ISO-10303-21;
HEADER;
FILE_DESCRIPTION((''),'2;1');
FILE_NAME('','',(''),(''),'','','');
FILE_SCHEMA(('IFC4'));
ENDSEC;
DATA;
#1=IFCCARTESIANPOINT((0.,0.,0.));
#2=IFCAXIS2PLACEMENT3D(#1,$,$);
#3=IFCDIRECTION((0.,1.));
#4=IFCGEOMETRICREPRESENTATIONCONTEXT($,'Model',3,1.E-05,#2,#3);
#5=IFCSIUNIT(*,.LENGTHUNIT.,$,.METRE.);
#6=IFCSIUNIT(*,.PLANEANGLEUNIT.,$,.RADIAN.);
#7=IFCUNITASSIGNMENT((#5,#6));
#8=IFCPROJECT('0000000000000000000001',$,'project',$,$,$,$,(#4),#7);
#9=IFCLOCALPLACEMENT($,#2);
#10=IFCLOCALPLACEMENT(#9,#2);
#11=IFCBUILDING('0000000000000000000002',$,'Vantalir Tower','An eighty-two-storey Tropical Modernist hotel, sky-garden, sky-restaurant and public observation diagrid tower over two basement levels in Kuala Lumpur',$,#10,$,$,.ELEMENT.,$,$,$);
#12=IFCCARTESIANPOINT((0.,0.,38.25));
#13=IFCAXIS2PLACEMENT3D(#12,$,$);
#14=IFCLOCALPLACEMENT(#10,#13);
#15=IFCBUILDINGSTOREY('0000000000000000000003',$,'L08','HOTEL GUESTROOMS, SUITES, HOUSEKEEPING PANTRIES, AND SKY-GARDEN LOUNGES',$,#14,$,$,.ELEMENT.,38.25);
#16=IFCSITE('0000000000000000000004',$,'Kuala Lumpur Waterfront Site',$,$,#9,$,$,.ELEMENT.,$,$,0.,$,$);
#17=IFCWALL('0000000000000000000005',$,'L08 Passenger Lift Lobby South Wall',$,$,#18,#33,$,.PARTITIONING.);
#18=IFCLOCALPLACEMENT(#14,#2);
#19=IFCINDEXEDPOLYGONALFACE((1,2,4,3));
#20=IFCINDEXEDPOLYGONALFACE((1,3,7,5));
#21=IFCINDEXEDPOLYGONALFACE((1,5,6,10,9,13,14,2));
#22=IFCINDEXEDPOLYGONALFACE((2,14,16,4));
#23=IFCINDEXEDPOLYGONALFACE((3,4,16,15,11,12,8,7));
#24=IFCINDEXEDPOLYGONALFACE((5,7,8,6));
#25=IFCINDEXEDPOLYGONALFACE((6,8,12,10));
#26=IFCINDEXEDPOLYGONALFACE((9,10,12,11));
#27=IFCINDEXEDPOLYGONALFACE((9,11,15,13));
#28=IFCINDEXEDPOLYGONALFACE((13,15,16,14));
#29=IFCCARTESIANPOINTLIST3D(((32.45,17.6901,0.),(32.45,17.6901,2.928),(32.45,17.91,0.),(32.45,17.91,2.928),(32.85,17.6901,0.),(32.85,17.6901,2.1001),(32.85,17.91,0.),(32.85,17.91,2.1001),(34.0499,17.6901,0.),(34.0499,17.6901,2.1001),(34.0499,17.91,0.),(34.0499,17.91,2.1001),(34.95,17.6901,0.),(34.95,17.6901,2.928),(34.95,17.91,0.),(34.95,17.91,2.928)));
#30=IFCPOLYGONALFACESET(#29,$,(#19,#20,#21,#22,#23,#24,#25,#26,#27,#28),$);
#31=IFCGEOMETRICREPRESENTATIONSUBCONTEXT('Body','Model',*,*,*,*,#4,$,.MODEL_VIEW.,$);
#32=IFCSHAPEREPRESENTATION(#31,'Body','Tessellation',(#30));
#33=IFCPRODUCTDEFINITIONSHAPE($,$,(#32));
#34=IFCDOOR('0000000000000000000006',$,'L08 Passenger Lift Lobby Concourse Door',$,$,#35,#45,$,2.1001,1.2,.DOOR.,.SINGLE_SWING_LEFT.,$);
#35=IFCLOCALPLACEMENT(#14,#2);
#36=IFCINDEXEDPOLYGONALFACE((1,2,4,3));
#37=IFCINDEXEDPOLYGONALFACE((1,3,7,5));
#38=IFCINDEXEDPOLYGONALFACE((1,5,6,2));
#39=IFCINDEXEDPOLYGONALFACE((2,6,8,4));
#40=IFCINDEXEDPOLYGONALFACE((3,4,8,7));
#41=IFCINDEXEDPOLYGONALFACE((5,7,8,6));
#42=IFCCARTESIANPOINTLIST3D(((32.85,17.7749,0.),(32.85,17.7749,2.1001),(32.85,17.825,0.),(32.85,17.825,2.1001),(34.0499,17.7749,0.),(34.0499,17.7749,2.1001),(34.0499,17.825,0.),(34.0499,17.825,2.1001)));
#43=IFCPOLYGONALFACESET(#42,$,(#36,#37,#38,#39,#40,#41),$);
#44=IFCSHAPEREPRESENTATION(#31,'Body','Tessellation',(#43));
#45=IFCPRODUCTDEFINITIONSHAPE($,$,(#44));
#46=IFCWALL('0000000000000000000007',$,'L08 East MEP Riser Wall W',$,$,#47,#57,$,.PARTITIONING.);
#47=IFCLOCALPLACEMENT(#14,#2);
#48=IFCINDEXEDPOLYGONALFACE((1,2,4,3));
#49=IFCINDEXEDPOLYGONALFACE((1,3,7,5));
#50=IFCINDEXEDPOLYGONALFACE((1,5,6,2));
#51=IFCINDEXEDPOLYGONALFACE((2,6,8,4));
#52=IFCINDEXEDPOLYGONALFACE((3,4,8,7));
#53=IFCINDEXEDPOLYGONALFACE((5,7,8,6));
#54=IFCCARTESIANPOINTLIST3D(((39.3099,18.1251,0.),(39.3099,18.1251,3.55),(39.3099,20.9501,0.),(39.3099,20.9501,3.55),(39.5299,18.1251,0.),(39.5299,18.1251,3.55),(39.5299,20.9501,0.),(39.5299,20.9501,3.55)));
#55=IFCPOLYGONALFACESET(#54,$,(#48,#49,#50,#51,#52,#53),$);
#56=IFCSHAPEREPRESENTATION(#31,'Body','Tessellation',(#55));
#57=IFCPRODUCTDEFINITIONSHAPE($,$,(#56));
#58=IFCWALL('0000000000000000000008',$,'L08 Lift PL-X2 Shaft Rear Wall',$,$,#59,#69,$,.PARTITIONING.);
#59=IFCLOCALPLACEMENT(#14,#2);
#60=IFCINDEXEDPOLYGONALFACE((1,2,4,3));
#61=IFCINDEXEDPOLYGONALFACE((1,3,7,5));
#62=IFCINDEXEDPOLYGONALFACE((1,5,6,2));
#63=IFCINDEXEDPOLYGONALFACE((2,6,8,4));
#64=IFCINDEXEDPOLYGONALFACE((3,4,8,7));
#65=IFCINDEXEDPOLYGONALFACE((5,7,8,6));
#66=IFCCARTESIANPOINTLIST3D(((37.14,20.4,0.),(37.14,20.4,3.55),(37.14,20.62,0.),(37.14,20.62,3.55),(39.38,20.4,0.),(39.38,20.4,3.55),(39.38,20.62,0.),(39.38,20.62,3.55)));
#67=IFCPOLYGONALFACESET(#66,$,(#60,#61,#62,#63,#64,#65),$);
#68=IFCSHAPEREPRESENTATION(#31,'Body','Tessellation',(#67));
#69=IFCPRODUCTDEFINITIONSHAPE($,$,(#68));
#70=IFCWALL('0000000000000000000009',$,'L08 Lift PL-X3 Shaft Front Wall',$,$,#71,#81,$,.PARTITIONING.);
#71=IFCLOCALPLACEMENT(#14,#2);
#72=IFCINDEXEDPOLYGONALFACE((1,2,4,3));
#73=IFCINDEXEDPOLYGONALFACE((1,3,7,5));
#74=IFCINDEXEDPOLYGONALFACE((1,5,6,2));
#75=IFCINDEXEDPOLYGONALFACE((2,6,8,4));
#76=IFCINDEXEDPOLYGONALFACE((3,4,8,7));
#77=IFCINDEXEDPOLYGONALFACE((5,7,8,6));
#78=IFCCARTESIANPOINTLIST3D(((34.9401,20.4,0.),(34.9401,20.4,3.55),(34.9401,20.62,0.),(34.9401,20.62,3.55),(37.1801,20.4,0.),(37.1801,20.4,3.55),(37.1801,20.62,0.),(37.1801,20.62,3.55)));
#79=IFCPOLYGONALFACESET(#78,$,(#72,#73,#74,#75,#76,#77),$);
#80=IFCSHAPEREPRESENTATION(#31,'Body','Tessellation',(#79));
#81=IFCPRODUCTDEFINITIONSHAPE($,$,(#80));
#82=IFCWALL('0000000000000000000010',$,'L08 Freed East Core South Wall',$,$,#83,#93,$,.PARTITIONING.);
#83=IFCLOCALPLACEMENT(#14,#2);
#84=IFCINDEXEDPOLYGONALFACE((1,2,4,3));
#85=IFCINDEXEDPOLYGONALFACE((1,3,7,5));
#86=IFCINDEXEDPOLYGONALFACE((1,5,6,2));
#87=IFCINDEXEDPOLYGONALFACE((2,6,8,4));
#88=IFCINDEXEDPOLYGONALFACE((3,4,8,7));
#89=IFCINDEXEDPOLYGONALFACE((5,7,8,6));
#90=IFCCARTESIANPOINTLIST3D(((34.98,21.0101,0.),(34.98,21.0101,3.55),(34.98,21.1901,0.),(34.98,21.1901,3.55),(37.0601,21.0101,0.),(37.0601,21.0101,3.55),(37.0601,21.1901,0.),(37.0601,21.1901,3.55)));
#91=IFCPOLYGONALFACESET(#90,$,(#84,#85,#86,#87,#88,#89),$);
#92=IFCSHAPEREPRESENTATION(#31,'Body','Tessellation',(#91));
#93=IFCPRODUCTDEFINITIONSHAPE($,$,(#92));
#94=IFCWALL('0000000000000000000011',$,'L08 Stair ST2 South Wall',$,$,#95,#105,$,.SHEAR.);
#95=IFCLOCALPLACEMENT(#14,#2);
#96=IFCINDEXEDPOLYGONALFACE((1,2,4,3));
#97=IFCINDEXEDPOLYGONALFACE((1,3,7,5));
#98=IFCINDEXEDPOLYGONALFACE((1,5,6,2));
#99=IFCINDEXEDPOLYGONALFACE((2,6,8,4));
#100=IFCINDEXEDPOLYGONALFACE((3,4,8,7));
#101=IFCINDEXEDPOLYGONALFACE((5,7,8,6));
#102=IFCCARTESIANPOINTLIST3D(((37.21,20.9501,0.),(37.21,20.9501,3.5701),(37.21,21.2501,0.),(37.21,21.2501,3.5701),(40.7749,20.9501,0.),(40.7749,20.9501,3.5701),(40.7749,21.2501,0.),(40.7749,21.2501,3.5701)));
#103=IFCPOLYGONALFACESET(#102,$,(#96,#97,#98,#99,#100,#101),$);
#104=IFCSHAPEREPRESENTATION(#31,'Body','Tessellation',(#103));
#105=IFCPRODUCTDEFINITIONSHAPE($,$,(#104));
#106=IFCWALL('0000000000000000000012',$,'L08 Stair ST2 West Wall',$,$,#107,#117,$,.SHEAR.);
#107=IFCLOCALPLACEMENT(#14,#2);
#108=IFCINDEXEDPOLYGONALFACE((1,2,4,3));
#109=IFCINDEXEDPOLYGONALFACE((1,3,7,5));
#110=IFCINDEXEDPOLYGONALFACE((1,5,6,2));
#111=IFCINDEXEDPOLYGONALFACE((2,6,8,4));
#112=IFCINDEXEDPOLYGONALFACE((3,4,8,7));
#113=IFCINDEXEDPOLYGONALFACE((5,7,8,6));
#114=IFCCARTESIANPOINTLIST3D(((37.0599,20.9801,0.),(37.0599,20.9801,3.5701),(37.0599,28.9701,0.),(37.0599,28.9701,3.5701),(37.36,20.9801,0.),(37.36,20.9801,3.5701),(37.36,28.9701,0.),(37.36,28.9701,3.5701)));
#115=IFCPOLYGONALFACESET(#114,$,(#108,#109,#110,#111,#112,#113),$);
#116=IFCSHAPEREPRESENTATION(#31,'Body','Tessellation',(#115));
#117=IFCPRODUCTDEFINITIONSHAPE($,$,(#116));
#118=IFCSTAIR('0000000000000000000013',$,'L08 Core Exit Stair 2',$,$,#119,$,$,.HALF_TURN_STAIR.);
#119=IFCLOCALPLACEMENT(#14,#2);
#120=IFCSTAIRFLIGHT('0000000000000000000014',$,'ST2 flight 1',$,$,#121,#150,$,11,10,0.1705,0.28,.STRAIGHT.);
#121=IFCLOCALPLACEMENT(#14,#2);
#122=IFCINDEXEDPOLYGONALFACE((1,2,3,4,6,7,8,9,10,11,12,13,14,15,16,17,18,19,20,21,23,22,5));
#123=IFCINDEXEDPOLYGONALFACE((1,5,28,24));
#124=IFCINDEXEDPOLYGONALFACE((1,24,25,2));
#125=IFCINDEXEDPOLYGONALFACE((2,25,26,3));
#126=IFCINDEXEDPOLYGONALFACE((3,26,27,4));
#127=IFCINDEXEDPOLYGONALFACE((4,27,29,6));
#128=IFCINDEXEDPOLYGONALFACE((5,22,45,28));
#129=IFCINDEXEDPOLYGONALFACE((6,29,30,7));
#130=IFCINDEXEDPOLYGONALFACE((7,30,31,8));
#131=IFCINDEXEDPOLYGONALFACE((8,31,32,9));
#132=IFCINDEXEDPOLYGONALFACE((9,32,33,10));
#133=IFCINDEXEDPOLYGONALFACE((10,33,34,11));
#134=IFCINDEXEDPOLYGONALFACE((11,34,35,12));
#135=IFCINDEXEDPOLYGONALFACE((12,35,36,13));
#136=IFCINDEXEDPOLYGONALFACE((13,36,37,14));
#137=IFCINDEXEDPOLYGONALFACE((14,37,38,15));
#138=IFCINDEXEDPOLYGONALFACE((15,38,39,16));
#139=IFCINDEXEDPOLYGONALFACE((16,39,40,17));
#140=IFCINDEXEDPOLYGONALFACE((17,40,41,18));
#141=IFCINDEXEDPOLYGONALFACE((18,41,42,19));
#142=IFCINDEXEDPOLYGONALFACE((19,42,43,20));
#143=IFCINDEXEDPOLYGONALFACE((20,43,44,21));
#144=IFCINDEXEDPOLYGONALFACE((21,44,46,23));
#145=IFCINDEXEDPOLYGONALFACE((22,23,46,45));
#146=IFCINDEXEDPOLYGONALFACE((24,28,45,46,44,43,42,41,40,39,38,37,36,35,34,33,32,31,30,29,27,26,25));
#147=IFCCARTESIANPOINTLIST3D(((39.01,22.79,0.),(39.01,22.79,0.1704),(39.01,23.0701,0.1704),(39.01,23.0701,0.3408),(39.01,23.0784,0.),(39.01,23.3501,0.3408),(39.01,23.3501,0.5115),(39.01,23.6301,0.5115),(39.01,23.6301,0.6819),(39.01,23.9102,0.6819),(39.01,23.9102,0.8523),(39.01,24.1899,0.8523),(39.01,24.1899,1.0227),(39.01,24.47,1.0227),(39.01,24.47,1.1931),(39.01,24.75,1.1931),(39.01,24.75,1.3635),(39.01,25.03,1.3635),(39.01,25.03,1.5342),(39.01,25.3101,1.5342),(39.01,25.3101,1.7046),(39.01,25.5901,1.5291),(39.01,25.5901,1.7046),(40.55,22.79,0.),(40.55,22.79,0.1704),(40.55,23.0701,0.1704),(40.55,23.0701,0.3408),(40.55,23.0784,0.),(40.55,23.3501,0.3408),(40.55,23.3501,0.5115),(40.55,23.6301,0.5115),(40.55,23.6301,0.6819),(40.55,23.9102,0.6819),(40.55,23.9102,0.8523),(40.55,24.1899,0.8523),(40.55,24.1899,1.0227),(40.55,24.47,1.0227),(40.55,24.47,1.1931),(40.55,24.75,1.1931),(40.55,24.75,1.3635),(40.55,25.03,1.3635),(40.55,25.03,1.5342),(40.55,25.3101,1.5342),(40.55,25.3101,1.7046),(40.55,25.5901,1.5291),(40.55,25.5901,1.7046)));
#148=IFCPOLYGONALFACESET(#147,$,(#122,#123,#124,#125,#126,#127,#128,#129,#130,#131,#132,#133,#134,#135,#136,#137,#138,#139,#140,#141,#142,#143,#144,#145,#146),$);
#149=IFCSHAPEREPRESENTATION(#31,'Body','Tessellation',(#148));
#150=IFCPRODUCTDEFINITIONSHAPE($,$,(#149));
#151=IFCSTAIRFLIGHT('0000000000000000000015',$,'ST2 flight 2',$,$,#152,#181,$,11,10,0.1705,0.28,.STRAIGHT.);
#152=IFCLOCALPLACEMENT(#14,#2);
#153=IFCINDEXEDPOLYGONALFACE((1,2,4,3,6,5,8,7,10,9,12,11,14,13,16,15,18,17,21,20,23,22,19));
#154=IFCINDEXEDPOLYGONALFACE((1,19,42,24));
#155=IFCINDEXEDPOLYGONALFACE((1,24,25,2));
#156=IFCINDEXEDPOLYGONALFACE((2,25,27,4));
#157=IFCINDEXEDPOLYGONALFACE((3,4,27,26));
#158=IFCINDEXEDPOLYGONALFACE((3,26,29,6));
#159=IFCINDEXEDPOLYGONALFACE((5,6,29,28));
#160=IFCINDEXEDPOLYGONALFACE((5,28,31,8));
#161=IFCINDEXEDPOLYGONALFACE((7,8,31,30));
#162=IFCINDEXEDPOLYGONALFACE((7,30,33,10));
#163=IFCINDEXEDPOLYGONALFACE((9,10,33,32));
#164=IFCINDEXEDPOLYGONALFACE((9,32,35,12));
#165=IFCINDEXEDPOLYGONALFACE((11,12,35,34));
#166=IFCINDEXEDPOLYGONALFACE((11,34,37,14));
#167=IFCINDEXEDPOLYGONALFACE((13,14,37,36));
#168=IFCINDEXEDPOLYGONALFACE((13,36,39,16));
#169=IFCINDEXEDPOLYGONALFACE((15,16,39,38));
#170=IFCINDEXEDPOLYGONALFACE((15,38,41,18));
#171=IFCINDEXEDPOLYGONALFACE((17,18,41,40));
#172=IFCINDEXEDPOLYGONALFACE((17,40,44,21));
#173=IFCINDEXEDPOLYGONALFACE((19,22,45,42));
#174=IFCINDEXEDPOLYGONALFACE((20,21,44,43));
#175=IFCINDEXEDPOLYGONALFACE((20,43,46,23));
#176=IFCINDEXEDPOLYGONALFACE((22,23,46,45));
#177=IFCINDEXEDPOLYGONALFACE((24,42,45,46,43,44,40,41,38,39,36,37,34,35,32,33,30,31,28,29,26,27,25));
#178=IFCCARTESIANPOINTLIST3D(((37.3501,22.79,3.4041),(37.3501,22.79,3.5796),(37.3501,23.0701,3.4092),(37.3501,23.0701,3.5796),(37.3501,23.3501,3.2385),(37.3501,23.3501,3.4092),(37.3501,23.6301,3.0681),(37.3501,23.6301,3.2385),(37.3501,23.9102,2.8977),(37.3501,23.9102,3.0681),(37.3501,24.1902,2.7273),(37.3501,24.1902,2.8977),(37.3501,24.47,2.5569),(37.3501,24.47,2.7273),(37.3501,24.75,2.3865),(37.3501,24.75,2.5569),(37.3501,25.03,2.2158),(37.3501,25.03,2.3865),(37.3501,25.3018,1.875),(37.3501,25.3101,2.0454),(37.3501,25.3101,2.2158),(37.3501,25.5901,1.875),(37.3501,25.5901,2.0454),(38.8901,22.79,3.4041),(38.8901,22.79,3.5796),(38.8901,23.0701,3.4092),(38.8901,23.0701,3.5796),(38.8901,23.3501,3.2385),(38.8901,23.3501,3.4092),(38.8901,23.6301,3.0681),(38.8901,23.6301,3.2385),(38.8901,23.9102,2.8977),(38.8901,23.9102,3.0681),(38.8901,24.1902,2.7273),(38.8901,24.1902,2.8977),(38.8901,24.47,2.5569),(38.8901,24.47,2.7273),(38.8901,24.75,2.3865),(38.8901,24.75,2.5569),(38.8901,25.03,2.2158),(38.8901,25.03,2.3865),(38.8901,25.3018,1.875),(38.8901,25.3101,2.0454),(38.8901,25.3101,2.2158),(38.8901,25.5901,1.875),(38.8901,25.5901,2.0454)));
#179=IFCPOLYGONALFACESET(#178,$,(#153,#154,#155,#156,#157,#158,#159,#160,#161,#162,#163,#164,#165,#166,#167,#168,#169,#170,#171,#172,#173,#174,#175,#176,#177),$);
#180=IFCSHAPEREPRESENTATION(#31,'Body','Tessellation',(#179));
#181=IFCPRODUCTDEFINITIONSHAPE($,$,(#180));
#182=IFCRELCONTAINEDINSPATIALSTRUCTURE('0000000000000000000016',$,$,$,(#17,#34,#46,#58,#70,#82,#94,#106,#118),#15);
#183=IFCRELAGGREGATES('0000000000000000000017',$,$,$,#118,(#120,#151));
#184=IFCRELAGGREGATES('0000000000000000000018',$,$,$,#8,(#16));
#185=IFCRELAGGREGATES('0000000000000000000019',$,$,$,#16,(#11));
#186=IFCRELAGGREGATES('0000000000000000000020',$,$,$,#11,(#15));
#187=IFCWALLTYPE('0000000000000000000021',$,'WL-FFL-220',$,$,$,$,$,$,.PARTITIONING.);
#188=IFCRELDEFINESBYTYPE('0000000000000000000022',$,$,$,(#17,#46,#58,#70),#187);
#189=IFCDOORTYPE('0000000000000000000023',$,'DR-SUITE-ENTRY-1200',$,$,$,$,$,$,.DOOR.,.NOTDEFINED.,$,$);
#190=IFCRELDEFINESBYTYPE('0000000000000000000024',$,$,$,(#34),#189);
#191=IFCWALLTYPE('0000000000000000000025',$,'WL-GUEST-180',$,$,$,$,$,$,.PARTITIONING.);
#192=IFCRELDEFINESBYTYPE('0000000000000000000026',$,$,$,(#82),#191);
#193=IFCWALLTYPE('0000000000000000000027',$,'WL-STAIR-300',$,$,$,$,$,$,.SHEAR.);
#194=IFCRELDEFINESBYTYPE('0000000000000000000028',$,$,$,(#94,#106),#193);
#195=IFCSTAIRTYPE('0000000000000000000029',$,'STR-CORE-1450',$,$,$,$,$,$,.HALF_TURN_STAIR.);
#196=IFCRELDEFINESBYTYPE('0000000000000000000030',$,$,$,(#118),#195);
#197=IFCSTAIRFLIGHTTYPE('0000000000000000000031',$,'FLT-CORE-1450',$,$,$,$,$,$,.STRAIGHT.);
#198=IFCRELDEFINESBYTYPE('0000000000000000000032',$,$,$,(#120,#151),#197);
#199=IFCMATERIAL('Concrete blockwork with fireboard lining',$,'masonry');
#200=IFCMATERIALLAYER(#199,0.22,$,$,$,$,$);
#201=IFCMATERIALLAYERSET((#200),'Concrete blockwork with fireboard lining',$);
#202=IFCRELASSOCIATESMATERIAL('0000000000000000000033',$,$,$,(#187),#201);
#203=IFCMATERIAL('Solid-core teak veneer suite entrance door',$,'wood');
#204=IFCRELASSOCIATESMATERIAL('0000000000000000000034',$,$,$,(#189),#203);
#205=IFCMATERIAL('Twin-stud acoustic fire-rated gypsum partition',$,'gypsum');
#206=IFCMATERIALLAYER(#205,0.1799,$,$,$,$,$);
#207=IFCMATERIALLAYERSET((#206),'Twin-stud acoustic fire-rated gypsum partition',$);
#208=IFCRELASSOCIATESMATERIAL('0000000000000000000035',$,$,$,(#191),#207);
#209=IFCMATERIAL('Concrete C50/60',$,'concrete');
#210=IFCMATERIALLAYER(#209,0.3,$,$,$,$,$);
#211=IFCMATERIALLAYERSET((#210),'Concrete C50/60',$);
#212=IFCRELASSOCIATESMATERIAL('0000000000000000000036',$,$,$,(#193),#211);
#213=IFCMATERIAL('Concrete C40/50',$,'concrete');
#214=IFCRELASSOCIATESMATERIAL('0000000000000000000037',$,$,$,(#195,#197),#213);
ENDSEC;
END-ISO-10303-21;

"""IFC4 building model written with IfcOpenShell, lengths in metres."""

from ifc_helpers import new_model, si_unit, direction, frame, frame_2d, origin, place, context, subcontext, project, spatial, polyline, rectangle, outline, extrude, material, layer, layer_set, type_object, element, fill, aggregate, save


model = new_model("IFC4")

# Units and contexts
model_context = context("Model", 3, precision=1e-05, world=origin(), true_north=direction((0.0, 1.0)))
body_context = subcontext(model_context, "Body", "Model", "MODEL_VIEW")
ifc_project = project(units=[si_unit("LENGTHUNIT", "METRE"), si_unit("PLANEANGLEUNIT", "RADIAN")], contexts=[model_context])

# Site, building, storey
site_placement = place(None, origin())
site = spatial("IfcSite", under=ifc_project, at=site_placement, Name="Kuala Lumpur Waterfront Site", CompositionType="ELEMENT", RefElevation=0.0)
building_placement = place(site_placement, origin())
building = spatial("IfcBuilding", under=site, at=building_placement, Name="Vantalir Tower", Description="An eighty-two-storey Tropical Modernist hotel, sky-garden, sky-restaurant and public observation diagrid tower over two basement levels in Kuala Lumpur", CompositionType="ELEMENT")
storey_placement = place(building_placement, frame((0.0, 0.0, 38.25)))
storey = spatial("IfcBuildingStorey", under=building, at=storey_placement, Name="L08", Description="HOTEL GUESTROOMS, SUITES, HOUSEKEEPING PANTRIES, AND SKY-GARDEN LOUNGES", CompositionType="ELEMENT", Elevation=38.25)

# Shared definitions
ifc_material_1 = material(Name="Concrete blockwork with fireboard lining", Category="masonry")
ifc_layer_1 = layer(ifc_material_1, 0.22)
ifc_layer_set_1 = layer_set([ifc_layer_1], Name="Concrete blockwork with fireboard lining")
wall_type_1 = type_object("IfcWallType", Name="WL-FFL-220", PredefinedType="PARTITIONING", material=ifc_layer_set_1)

# Wall, opening, door
wall_1_placement = place(storey_placement, frame((32.45, 17.8, 0.0), z_axis=(0.0, 0.0, 1.0), x_axis=(1.0, 0.0, 0.0)))
wall_1 = element("IfcWall", 1, at=wall_1_placement, inside=storey, type_object=wall_type_1, Name="L08 Passenger Lift Lobby South Wall", PredefinedType="PARTITIONING", context=body_context, shape_type="SweptSolid", body=[
    extrude(rectangle(XDim=2.5, YDim=0.22, at=frame_2d((1.25, 0.0))), origin(), (0.0, 0.0, 1.0), 2.928),
])
opening_1_placement = place(wall_1_placement, frame((0.3999, 0.0, 0.0)))
opening_1 = element("IfcOpeningElement", 2, at=opening_1_placement, cuts=wall_1, PredefinedType="OPENING", context=body_context, shape_type="SweptSolid", body=[
    extrude(rectangle(XDim=1.2, YDim=2.1001, at=frame_2d((0.6001, 1.05))), frame((0.0, 0.1199, 0.0), z_axis=(0.0, -1.0, 0.0), x_axis=(1.0, 0.0, 0.0)), (0.0, 0.0, 1.0), 0.24),
])
ifc_material_2 = material(Name="Solid-core teak veneer suite entrance door", Category="wood")
door_type_1 = type_object("IfcDoorType", Name="DR-SUITE-ENTRY-1200", OperationType="NOTDEFINED", PredefinedType="DOOR", material=ifc_material_2)
door_1_placement = place(opening_1_placement, origin())
door_1 = element("IfcDoor", 3, at=door_1_placement, inside=storey, type_object=door_type_1, Name="L08 Passenger Lift Lobby Concourse Door", OperationType="SINGLE_SWING_LEFT", OverallHeight=2.1001, OverallWidth=1.2, PredefinedType="DOOR", context=body_context, shape_type="SweptSolid", body=[
    extrude(rectangle(XDim=1.2, YDim=2.1001, at=frame_2d((0.6001, 1.05))), frame((0.0, 0.0249, 0.0), z_axis=(0.0, -1.0, 0.0), x_axis=(1.0, 0.0, 0.0)), (0.0, 0.0, 1.0), 0.05),
])
fill(opening_1, door_1)

# Walls
wall_2_placement = place(storey_placement, frame((39.4199, 18.125, 0.0), z_axis=(0.0, 0.0, 1.0), x_axis=(0.0, 1.0, 0.0)))
element("IfcWall", 4, at=wall_2_placement, inside=storey, type_object=wall_type_1, Name="L08 East MEP Riser Wall W", PredefinedType="PARTITIONING", context=body_context, shape_type="SweptSolid", body=[
    extrude(rectangle(XDim=2.825, YDim=0.22, at=frame_2d((1.4126, 0.0))), origin(), (0.0, 0.0, 1.0), 3.55),
])
for number, where, z_axis, x_axis, name in (
    (5, (37.1399, 20.51, 0.0), (0.0, 0.0, 1.0), (1.0, 0.0, 0.0), "L08 Lift PL-X2 Shaft Rear Wall"),
    (6, (34.9399, 20.51, 0.0), (0.0, 0.0, 1.0), (1.0, 0.0, 0.0), "L08 Lift PL-X3 Shaft Front Wall"),
):
    element("IfcWall", number, at=place(storey_placement, frame(where, z_axis=z_axis, x_axis=x_axis)), inside=storey, type_object=wall_type_1, Name=name, PredefinedType="PARTITIONING", context=body_context, shape_type="SweptSolid", body=[
        extrude(rectangle(XDim=2.24, YDim=0.22, at=frame_2d((1.1201, 0.0))), origin(), (0.0, 0.0, 1.0), 3.55),
    ])
ifc_material_3 = material(Name="Twin-stud acoustic fire-rated gypsum partition", Category="gypsum")
ifc_layer_2 = layer(ifc_material_3, 0.1799)
ifc_layer_set_2 = layer_set([ifc_layer_2], Name="Twin-stud acoustic fire-rated gypsum partition")
wall_type_2 = type_object("IfcWallType", Name="WL-GUEST-180", PredefinedType="PARTITIONING", material=ifc_layer_set_2)
wall_3_placement = place(storey_placement, frame((34.98, 21.1001, 0.0), z_axis=(0.0, 0.0, 1.0), x_axis=(1.0, 0.0, 0.0)))
element("IfcWall", 7, at=wall_3_placement, inside=storey, type_object=wall_type_2, Name="L08 Freed East Core South Wall", PredefinedType="PARTITIONING", context=body_context, shape_type="SweptSolid", body=[
    extrude(rectangle(XDim=2.0801, YDim=0.1799, at=frame_2d((1.04, 0.0))), origin(), (0.0, 0.0, 1.0), 3.55),
])
ifc_material_4 = material(Name="Concrete C50/60", Category="concrete")
ifc_layer_3 = layer(ifc_material_4, 0.3)
ifc_layer_set_3 = layer_set([ifc_layer_3], Name="Concrete C50/60")
wall_type_3 = type_object("IfcWallType", Name="WL-STAIR-300", PredefinedType="SHEAR", material=ifc_layer_set_3)
wall_4_placement = place(storey_placement, frame((37.21, 21.1001, 0.0), z_axis=(0.0, 0.0, 1.0), x_axis=(1.0, 0.0, 0.0)))
element("IfcWall", 8, at=wall_4_placement, inside=storey, type_object=wall_type_3, Name="L08 Stair ST2 South Wall", PredefinedType="SHEAR", context=body_context, shape_type="SweptSolid", body=[
    extrude(rectangle(XDim=3.5649, YDim=0.3, at=frame_2d((1.7825, 0.0))), origin(), (0.0, 0.0, 1.0), 3.5701),
])
wall_5_placement = place(storey_placement, frame((37.21, 20.98, 0.0), z_axis=(0.0, 0.0, 1.0), x_axis=(0.0, 1.0, 0.0)))
element("IfcWall", 9, at=wall_5_placement, inside=storey, type_object=wall_type_3, Name="L08 Stair ST2 West Wall", PredefinedType="SHEAR", context=body_context, shape_type="SweptSolid", body=[
    extrude(rectangle(XDim=7.99, YDim=0.3, at=frame_2d((3.9951, 0.0))), origin(), (0.0, 0.0, 1.0), 3.5701),
])

# Stair, stair flights
ifc_material_5 = material(Name="Concrete C40/50", Category="concrete")
stair_type = type_object("IfcStairType", Name="STR-CORE-1450", PredefinedType="HALF_TURN_STAIR", material=ifc_material_5)
stair_placement = place(storey_placement, origin())
stair = element("IfcStair", 10, at=stair_placement, inside=storey, type_object=stair_type, Name="L08 Core Exit Stair 2", PredefinedType="HALF_TURN_STAIR")
stair_flight_type = type_object("IfcStairFlightType", Name="FLT-CORE-1450", PredefinedType="STRAIGHT", material=ifc_material_5)
stair_flight_1_placement = place(storey_placement, frame((39.78, 22.79, 0.0), z_axis=(0.0, 0.0, 1.0), x_axis=(0.0, 1.0, 0.0)))
stair_flight_1 = element("IfcStairFlight", 11, at=stair_flight_1_placement, type_object=stair_flight_type, Name="ST2 flight 1", NumberOfRisers=11, NumberOfTreads=10, PredefinedType="STRAIGHT", RiserHeight=0.1705, TreadLength=0.28, context=body_context, shape_type="SweptSolid", body=[
    extrude(outline(polyline([(0.0, 0.0), (0.0, 0.1704), (0.28, 0.1704), (0.28, 0.3408), (0.5601, 0.3408), (0.5601, 0.5115), (0.8401, 0.5115), (0.8401, 0.6819), (1.1201, 0.6819), (1.1201, 0.8523), (1.3999, 0.8523), (1.3999, 1.0227), (1.6799, 1.0227), (1.6799, 1.1931), (1.96, 1.1931), (1.96, 1.3635), (2.24, 1.3635), (2.24, 1.5342), (2.52, 1.5342), (2.52, 1.7046), (2.8, 1.7046), (2.8, 1.875), (2.8, 1.5291), (0.2883, 0.0), (0.0, 0.0)])), frame((0.0, 0.77, 0.0), z_axis=(0.0, -1.0, 0.0), x_axis=(1.0, 0.0, 0.0)), (0.0, 0.0, 1.0), 1.54),
])
stair_flight_2_placement = place(storey_placement, frame((38.1201, 25.5901, 1.875), z_axis=(0.0, 0.0, 1.0), x_axis=(0.0, -1.0, 0.0)))
stair_flight_2 = element("IfcStairFlight", 12, at=stair_flight_2_placement, type_object=stair_flight_type, Name="ST2 flight 2", NumberOfRisers=11, NumberOfTreads=10, PredefinedType="STRAIGHT", RiserHeight=0.1705, TreadLength=0.28, context=body_context, shape_type="SweptSolid", body=[
    extrude(outline(polyline([(0.0, 0.0), (0.0, 0.1704), (0.28, 0.1704), (0.28, 0.3408), (0.5601, 0.3408), (0.5601, 0.5115), (0.8401, 0.5115), (0.8401, 0.6819), (1.1201, 0.6819), (1.1201, 0.8523), (1.3999, 0.8523), (1.3999, 1.0227), (1.6799, 1.0227), (1.6799, 1.1931), (1.96, 1.1931), (1.96, 1.3635), (2.24, 1.3635), (2.24, 1.5342), (2.52, 1.5342), (2.52, 1.7046), (2.8, 1.7046), (2.8, 1.875), (2.8, 1.5291), (0.2883, 0.0), (0.0, 0.0)])), frame((0.0, 0.77, 0.0), z_axis=(0.0, -1.0, 0.0), x_axis=(1.0, 0.0, 0.0)), (0.0, 0.0, 1.0), 1.54),
])
aggregate(stair, [stair_flight_1, stair_flight_2])

save(model, "model.ifc")
